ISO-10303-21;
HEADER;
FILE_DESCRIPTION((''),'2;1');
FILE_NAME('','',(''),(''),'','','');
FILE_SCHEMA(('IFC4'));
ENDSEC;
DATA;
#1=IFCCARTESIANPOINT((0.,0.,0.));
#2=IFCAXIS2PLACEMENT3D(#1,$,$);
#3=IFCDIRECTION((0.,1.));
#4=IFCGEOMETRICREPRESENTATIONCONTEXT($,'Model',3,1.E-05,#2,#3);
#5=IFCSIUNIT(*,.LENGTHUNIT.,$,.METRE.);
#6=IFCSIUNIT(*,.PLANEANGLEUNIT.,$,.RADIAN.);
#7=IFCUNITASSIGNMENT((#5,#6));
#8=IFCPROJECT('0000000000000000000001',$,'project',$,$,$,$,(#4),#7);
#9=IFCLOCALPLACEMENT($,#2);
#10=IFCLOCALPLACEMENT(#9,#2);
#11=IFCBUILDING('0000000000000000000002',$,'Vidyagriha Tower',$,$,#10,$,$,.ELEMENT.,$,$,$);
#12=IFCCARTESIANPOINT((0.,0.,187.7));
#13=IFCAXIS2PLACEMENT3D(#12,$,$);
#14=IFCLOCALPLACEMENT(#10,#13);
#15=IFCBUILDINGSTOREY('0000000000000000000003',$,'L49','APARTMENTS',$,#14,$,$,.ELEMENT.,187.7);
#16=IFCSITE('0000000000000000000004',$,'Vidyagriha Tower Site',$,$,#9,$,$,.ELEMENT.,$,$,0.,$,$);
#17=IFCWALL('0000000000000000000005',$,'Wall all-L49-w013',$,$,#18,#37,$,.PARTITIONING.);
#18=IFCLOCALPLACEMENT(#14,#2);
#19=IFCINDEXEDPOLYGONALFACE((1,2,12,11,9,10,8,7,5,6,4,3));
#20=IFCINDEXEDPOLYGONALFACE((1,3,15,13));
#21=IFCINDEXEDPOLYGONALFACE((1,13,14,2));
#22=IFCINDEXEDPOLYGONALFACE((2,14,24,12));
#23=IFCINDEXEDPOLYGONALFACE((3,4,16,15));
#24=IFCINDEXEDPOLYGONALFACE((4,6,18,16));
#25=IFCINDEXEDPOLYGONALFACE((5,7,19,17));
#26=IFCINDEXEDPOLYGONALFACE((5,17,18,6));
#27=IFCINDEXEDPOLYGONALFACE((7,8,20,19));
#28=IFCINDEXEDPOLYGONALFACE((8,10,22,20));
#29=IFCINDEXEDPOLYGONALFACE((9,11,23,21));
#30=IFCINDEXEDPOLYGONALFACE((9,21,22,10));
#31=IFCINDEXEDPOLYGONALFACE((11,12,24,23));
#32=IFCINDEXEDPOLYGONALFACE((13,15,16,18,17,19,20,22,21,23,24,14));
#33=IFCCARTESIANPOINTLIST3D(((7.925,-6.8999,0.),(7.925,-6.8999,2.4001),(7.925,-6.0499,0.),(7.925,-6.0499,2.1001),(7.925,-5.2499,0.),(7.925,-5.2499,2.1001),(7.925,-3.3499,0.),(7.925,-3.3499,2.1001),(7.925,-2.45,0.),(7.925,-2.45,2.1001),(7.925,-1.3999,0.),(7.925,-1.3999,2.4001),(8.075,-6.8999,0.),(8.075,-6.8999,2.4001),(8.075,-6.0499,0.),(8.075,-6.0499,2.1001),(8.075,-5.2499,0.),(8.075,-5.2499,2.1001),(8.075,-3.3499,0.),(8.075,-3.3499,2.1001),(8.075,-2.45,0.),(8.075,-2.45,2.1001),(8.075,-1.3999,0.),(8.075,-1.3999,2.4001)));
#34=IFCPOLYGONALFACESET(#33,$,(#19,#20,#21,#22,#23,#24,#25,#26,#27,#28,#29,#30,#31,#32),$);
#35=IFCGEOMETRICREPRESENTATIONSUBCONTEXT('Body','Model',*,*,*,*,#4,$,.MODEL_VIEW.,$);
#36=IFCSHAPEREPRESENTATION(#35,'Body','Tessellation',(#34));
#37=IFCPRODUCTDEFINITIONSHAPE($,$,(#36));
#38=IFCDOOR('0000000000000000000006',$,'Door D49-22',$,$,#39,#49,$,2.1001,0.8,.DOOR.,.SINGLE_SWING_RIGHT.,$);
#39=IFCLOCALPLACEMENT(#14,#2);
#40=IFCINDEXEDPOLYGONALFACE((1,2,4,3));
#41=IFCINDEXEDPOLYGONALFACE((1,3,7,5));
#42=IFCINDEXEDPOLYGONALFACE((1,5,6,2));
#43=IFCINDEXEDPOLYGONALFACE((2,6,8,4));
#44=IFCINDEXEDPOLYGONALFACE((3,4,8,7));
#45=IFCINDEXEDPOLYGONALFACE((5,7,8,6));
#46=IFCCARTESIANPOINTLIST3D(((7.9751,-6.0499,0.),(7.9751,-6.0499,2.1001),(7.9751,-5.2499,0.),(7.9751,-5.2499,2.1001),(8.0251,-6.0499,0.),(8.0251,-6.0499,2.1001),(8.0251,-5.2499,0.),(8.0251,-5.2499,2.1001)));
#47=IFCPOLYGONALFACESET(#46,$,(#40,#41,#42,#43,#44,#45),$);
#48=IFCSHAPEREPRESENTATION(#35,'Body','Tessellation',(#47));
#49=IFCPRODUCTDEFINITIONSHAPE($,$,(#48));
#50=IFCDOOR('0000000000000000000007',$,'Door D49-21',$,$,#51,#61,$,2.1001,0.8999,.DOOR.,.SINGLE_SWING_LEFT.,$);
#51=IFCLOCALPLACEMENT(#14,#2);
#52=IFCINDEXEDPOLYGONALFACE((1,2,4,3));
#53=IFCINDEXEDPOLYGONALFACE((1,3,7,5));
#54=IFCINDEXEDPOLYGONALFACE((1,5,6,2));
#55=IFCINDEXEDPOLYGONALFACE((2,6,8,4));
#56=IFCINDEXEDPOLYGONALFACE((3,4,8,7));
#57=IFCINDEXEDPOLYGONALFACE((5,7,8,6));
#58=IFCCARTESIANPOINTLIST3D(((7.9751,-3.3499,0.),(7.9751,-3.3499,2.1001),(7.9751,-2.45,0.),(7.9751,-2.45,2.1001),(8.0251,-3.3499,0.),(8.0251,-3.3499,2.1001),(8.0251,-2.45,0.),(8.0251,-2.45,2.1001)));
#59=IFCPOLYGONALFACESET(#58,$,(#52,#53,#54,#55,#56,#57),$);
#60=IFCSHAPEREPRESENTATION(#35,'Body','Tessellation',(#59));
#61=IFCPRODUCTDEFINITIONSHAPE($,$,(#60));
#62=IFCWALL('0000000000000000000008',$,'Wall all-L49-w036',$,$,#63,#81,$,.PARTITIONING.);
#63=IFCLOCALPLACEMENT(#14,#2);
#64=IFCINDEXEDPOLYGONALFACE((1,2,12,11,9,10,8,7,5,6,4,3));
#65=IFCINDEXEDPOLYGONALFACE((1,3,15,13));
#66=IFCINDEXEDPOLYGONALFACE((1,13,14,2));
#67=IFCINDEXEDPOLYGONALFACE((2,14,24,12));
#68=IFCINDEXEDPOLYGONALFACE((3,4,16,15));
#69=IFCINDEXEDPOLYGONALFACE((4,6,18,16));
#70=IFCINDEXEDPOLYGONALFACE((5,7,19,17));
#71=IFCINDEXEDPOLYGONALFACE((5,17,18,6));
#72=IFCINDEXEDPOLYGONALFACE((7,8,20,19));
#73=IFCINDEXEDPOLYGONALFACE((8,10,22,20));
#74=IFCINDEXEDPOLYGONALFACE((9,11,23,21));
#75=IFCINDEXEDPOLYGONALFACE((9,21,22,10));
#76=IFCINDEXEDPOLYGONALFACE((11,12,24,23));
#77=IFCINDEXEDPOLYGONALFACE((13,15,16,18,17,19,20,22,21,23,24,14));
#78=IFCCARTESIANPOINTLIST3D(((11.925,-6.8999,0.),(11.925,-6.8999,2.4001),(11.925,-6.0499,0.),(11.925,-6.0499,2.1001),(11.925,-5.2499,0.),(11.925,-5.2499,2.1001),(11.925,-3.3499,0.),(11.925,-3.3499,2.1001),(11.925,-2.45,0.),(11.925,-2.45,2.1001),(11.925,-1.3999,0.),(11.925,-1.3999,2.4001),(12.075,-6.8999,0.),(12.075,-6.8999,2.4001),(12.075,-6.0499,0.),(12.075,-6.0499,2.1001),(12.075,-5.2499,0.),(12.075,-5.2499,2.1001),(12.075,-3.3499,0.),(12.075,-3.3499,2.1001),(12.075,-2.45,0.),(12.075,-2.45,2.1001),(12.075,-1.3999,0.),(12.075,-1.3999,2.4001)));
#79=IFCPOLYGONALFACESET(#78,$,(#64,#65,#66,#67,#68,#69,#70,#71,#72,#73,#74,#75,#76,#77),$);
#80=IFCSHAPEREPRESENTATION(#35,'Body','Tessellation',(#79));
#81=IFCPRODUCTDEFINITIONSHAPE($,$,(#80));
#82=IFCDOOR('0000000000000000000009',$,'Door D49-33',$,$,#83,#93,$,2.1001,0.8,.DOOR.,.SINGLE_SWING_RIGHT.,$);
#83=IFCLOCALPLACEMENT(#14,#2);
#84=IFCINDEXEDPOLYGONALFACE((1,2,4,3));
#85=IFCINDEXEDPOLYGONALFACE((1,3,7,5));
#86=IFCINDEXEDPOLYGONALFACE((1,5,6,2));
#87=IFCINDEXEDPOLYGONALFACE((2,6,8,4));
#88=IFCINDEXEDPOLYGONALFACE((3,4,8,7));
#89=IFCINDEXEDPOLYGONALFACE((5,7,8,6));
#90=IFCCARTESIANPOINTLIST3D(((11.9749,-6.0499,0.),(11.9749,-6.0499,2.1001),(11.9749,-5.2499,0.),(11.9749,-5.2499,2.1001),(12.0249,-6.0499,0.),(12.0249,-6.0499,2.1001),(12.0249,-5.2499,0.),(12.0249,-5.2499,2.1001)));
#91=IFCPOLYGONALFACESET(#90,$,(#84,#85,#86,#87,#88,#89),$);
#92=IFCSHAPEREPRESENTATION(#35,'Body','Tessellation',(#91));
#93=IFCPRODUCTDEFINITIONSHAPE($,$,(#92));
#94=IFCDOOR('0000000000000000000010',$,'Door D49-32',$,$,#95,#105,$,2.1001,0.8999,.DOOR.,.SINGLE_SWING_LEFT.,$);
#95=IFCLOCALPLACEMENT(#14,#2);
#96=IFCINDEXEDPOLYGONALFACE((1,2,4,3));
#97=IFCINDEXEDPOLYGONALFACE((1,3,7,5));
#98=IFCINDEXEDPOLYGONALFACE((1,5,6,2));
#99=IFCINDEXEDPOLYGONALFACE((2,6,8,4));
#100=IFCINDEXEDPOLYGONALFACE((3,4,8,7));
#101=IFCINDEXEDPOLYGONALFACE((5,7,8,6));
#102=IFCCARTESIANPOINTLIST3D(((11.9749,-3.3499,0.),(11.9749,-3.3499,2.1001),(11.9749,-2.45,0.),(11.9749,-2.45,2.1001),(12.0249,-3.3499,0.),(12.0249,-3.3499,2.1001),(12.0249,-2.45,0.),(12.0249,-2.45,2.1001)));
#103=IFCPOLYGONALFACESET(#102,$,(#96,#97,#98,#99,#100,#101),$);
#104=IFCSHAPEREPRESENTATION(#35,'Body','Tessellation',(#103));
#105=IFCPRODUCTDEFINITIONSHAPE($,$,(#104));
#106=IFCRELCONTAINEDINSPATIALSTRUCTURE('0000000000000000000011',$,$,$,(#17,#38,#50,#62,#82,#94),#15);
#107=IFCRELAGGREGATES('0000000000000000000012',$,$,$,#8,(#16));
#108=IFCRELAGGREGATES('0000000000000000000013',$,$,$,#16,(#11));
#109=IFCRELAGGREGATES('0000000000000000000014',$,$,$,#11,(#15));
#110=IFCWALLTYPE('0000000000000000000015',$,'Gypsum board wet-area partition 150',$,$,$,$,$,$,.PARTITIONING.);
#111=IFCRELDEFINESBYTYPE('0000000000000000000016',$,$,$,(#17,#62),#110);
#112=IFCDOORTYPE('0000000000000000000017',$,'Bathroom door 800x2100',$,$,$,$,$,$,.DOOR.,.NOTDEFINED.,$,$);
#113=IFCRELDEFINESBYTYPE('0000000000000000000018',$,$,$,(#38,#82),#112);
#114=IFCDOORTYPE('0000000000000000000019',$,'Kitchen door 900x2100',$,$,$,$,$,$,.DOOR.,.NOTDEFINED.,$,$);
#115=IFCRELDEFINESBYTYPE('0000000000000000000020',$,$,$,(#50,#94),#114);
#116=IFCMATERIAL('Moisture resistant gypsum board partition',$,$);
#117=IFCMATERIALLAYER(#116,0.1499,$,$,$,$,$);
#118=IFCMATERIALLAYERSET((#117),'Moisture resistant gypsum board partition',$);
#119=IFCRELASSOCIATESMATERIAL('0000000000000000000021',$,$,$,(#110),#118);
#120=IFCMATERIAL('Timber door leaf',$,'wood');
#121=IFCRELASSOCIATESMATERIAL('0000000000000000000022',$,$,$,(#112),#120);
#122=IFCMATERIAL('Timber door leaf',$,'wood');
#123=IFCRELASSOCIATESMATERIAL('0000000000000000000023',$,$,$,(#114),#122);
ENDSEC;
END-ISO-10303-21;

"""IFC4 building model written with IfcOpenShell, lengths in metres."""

from ifc_helpers import new_model, si_unit, direction, frame, frame_2d, origin, place, context, subcontext, project, spatial, rectangle, extrude, material, layer, layer_set, type_object, element, fill, save


model = new_model("IFC4")

# Units and contexts
model_context = context("Model", 3, precision=1e-05, world=origin(), true_north=direction((0.0, 1.0)))
body_context = subcontext(model_context, "Body", "Model", "MODEL_VIEW")
ifc_project = project(units=[si_unit("LENGTHUNIT", "METRE"), si_unit("PLANEANGLEUNIT", "RADIAN")], contexts=[model_context])

# Site, building, storey
site_placement = place(None, origin())
site = spatial("IfcSite", under=ifc_project, at=site_placement, Name="Vidyagriha Tower Site", CompositionType="ELEMENT", RefElevation=0.0)
building_placement = place(site_placement, origin())
building = spatial("IfcBuilding", under=site, at=building_placement, Name="Vidyagriha Tower", CompositionType="ELEMENT")
storey_placement = place(building_placement, frame((0.0, 0.0, 187.7)))
storey = spatial("IfcBuildingStorey", under=building, at=storey_placement, Name="L49", Description="APARTMENTS", CompositionType="ELEMENT", Elevation=187.7)

# Walls, openings, doors
ifc_material_1 = material(Name="Moisture resistant gypsum board partition")
ifc_layer_1 = layer(ifc_material_1, 0.1499)
ifc_layer_set_1 = layer_set([ifc_layer_1], Name="Moisture resistant gypsum board partition")
wall_type_1 = type_object("IfcWallType", Name="Gypsum board wet-area partition 150", PredefinedType="PARTITIONING", material=ifc_layer_set_1)
wall_1_placement = place(storey_placement, frame((8.0, -6.8999, 0.0), z_axis=(0.0, 0.0, 1.0), x_axis=(0.0, 1.0, 0.0)))
wall_1 = element("IfcWall", 1, at=wall_1_placement, inside=storey, type_object=wall_type_1, Name="Wall all-L49-w013", PredefinedType="PARTITIONING", context=body_context, shape_type="SweptSolid", body=[
    extrude(rectangle(XDim=5.5, YDim=0.1499, at=frame_2d((2.75, 0.0))), origin(), (0.0, 0.0, 1.0), 2.4001),
])
opening_1_placement = place(wall_1_placement, frame((3.55, 0.0, 0.0)))
opening_1 = element("IfcOpeningElement", 2, at=opening_1_placement, cuts=wall_1, PredefinedType="OPENING", context=body_context, shape_type="SweptSolid", body=[
    extrude(rectangle(XDim=0.8999, YDim=2.1001, at=frame_2d((0.45, 1.05))), frame((0.0, 0.085, 0.0), z_axis=(0.0, -1.0, 0.0), x_axis=(1.0, 0.0, 0.0)), (0.0, 0.0, 1.0), 0.1699),
])
opening_2_placement = place(wall_1_placement, frame((0.8501, 0.0, 0.0)))
opening_2 = element("IfcOpeningElement", 3, at=opening_2_placement, cuts=wall_1, PredefinedType="OPENING", context=body_context, shape_type="SweptSolid", body=[
    extrude(rectangle(XDim=0.8, YDim=2.1001, at=frame_2d((0.3999, 1.05))), frame((0.0, 0.085, 0.0), z_axis=(0.0, -1.0, 0.0), x_axis=(1.0, 0.0, 0.0)), (0.0, 0.0, 1.0), 0.1699),
])
ifc_material_2 = material(Name="Timber door leaf", Category="wood")
door_type_1 = type_object("IfcDoorType", Name="Bathroom door 800x2100", OperationType="NOTDEFINED", PredefinedType="DOOR", material=ifc_material_2)
door_1_placement = place(opening_2_placement, origin())
door_1 = element("IfcDoor", 4, at=door_1_placement, inside=storey, type_object=door_type_1, Name="Door D49-22", OperationType="SINGLE_SWING_RIGHT", OverallHeight=2.1001, OverallWidth=0.8, PredefinedType="DOOR", context=body_context, shape_type="SweptSolid", body=[
    extrude(rectangle(XDim=0.8, YDim=2.1001, at=frame_2d((0.3999, 1.05))), frame((0.0, 0.0249, 0.0), z_axis=(0.0, -1.0, 0.0), x_axis=(1.0, 0.0, 0.0)), (0.0, 0.0, 1.0), 0.05),
])
fill(opening_2, door_1)
ifc_material_3 = material(Name="Timber door leaf", Category="wood")
door_type_2 = type_object("IfcDoorType", Name="Kitchen door 900x2100", OperationType="NOTDEFINED", PredefinedType="DOOR", material=ifc_material_3)
door_2_placement = place(opening_1_placement, origin())
door_2 = element("IfcDoor", 5, at=door_2_placement, inside=storey, type_object=door_type_2, Name="Door D49-21", OperationType="SINGLE_SWING_LEFT", OverallHeight=2.1001, OverallWidth=0.8999, PredefinedType="DOOR", context=body_context, shape_type="SweptSolid", body=[
    extrude(rectangle(XDim=0.8999, YDim=2.1001, at=frame_2d((0.45, 1.05))), frame((0.0, 0.0249, 0.0), z_axis=(0.0, -1.0, 0.0), x_axis=(1.0, 0.0, 0.0)), (0.0, 0.0, 1.0), 0.05),
])
fill(opening_1, door_2)
wall_2_placement = place(storey_placement, frame((12.0, -1.3999, 0.0), z_axis=(0.0, 0.0, 1.0), x_axis=(0.0, -1.0, 0.0)))
wall_2 = element("IfcWall", 6, at=wall_2_placement, inside=storey, type_object=wall_type_1, Name="Wall all-L49-w036", PredefinedType="PARTITIONING", context=body_context, shape_type="SweptSolid", body=[
    extrude(rectangle(XDim=5.5, YDim=0.1499, at=frame_2d((2.75, 0.0))), origin(), (0.0, 0.0, 1.0), 2.4001),
])
opening_3_placement = place(wall_2_placement, frame((1.05, 0.0, 0.0)))
opening_3 = element("IfcOpeningElement", 7, at=opening_3_placement, cuts=wall_2, PredefinedType="OPENING", context=body_context, shape_type="SweptSolid", body=[
    extrude(rectangle(XDim=0.8999, YDim=2.1001, at=frame_2d((0.45, 1.05))), frame((0.0, 0.085, 0.0), z_axis=(0.0, -1.0, 0.0), x_axis=(1.0, 0.0, 0.0)), (0.0, 0.0, 1.0), 0.1699),
])
opening_4_placement = place(wall_2_placement, frame((3.8501, 0.0, 0.0)))
opening_4 = element("IfcOpeningElement", 8, at=opening_4_placement, cuts=wall_2, PredefinedType="OPENING", context=body_context, shape_type="SweptSolid", body=[
    extrude(rectangle(XDim=0.8, YDim=2.1001, at=frame_2d((0.3999, 1.05))), frame((0.0, 0.085, 0.0), z_axis=(0.0, -1.0, 0.0), x_axis=(1.0, 0.0, 0.0)), (0.0, 0.0, 1.0), 0.1699),
])
door_3_placement = place(opening_4_placement, origin())
door_3 = element("IfcDoor", 9, at=door_3_placement, inside=storey, type_object=door_type_1, Name="Door D49-33", OperationType="SINGLE_SWING_RIGHT", OverallHeight=2.1001, OverallWidth=0.8, PredefinedType="DOOR", context=body_context, shape_type="SweptSolid", body=[
    extrude(rectangle(XDim=0.8, YDim=2.1001, at=frame_2d((0.3999, 1.05))), frame((0.0, 0.0249, 0.0), z_axis=(0.0, -1.0, 0.0), x_axis=(1.0, 0.0, 0.0)), (0.0, 0.0, 1.0), 0.05),
])
fill(opening_4, door_3)
door_4_placement = place(opening_3_placement, origin())
door_4 = element("IfcDoor", 10, at=door_4_placement, inside=storey, type_object=door_type_2, Name="Door D49-32", OperationType="SINGLE_SWING_LEFT", OverallHeight=2.1001, OverallWidth=0.8999, PredefinedType="DOOR", context=body_context, shape_type="SweptSolid", body=[
    extrude(rectangle(XDim=0.8999, YDim=2.1001, at=frame_2d((0.45, 1.05))), frame((0.0, 0.0249, 0.0), z_axis=(0.0, -1.0, 0.0), x_axis=(1.0, 0.0, 0.0)), (0.0, 0.0, 1.0), 0.05),
])
fill(opening_3, door_4)

save(model, "model.ifc")
